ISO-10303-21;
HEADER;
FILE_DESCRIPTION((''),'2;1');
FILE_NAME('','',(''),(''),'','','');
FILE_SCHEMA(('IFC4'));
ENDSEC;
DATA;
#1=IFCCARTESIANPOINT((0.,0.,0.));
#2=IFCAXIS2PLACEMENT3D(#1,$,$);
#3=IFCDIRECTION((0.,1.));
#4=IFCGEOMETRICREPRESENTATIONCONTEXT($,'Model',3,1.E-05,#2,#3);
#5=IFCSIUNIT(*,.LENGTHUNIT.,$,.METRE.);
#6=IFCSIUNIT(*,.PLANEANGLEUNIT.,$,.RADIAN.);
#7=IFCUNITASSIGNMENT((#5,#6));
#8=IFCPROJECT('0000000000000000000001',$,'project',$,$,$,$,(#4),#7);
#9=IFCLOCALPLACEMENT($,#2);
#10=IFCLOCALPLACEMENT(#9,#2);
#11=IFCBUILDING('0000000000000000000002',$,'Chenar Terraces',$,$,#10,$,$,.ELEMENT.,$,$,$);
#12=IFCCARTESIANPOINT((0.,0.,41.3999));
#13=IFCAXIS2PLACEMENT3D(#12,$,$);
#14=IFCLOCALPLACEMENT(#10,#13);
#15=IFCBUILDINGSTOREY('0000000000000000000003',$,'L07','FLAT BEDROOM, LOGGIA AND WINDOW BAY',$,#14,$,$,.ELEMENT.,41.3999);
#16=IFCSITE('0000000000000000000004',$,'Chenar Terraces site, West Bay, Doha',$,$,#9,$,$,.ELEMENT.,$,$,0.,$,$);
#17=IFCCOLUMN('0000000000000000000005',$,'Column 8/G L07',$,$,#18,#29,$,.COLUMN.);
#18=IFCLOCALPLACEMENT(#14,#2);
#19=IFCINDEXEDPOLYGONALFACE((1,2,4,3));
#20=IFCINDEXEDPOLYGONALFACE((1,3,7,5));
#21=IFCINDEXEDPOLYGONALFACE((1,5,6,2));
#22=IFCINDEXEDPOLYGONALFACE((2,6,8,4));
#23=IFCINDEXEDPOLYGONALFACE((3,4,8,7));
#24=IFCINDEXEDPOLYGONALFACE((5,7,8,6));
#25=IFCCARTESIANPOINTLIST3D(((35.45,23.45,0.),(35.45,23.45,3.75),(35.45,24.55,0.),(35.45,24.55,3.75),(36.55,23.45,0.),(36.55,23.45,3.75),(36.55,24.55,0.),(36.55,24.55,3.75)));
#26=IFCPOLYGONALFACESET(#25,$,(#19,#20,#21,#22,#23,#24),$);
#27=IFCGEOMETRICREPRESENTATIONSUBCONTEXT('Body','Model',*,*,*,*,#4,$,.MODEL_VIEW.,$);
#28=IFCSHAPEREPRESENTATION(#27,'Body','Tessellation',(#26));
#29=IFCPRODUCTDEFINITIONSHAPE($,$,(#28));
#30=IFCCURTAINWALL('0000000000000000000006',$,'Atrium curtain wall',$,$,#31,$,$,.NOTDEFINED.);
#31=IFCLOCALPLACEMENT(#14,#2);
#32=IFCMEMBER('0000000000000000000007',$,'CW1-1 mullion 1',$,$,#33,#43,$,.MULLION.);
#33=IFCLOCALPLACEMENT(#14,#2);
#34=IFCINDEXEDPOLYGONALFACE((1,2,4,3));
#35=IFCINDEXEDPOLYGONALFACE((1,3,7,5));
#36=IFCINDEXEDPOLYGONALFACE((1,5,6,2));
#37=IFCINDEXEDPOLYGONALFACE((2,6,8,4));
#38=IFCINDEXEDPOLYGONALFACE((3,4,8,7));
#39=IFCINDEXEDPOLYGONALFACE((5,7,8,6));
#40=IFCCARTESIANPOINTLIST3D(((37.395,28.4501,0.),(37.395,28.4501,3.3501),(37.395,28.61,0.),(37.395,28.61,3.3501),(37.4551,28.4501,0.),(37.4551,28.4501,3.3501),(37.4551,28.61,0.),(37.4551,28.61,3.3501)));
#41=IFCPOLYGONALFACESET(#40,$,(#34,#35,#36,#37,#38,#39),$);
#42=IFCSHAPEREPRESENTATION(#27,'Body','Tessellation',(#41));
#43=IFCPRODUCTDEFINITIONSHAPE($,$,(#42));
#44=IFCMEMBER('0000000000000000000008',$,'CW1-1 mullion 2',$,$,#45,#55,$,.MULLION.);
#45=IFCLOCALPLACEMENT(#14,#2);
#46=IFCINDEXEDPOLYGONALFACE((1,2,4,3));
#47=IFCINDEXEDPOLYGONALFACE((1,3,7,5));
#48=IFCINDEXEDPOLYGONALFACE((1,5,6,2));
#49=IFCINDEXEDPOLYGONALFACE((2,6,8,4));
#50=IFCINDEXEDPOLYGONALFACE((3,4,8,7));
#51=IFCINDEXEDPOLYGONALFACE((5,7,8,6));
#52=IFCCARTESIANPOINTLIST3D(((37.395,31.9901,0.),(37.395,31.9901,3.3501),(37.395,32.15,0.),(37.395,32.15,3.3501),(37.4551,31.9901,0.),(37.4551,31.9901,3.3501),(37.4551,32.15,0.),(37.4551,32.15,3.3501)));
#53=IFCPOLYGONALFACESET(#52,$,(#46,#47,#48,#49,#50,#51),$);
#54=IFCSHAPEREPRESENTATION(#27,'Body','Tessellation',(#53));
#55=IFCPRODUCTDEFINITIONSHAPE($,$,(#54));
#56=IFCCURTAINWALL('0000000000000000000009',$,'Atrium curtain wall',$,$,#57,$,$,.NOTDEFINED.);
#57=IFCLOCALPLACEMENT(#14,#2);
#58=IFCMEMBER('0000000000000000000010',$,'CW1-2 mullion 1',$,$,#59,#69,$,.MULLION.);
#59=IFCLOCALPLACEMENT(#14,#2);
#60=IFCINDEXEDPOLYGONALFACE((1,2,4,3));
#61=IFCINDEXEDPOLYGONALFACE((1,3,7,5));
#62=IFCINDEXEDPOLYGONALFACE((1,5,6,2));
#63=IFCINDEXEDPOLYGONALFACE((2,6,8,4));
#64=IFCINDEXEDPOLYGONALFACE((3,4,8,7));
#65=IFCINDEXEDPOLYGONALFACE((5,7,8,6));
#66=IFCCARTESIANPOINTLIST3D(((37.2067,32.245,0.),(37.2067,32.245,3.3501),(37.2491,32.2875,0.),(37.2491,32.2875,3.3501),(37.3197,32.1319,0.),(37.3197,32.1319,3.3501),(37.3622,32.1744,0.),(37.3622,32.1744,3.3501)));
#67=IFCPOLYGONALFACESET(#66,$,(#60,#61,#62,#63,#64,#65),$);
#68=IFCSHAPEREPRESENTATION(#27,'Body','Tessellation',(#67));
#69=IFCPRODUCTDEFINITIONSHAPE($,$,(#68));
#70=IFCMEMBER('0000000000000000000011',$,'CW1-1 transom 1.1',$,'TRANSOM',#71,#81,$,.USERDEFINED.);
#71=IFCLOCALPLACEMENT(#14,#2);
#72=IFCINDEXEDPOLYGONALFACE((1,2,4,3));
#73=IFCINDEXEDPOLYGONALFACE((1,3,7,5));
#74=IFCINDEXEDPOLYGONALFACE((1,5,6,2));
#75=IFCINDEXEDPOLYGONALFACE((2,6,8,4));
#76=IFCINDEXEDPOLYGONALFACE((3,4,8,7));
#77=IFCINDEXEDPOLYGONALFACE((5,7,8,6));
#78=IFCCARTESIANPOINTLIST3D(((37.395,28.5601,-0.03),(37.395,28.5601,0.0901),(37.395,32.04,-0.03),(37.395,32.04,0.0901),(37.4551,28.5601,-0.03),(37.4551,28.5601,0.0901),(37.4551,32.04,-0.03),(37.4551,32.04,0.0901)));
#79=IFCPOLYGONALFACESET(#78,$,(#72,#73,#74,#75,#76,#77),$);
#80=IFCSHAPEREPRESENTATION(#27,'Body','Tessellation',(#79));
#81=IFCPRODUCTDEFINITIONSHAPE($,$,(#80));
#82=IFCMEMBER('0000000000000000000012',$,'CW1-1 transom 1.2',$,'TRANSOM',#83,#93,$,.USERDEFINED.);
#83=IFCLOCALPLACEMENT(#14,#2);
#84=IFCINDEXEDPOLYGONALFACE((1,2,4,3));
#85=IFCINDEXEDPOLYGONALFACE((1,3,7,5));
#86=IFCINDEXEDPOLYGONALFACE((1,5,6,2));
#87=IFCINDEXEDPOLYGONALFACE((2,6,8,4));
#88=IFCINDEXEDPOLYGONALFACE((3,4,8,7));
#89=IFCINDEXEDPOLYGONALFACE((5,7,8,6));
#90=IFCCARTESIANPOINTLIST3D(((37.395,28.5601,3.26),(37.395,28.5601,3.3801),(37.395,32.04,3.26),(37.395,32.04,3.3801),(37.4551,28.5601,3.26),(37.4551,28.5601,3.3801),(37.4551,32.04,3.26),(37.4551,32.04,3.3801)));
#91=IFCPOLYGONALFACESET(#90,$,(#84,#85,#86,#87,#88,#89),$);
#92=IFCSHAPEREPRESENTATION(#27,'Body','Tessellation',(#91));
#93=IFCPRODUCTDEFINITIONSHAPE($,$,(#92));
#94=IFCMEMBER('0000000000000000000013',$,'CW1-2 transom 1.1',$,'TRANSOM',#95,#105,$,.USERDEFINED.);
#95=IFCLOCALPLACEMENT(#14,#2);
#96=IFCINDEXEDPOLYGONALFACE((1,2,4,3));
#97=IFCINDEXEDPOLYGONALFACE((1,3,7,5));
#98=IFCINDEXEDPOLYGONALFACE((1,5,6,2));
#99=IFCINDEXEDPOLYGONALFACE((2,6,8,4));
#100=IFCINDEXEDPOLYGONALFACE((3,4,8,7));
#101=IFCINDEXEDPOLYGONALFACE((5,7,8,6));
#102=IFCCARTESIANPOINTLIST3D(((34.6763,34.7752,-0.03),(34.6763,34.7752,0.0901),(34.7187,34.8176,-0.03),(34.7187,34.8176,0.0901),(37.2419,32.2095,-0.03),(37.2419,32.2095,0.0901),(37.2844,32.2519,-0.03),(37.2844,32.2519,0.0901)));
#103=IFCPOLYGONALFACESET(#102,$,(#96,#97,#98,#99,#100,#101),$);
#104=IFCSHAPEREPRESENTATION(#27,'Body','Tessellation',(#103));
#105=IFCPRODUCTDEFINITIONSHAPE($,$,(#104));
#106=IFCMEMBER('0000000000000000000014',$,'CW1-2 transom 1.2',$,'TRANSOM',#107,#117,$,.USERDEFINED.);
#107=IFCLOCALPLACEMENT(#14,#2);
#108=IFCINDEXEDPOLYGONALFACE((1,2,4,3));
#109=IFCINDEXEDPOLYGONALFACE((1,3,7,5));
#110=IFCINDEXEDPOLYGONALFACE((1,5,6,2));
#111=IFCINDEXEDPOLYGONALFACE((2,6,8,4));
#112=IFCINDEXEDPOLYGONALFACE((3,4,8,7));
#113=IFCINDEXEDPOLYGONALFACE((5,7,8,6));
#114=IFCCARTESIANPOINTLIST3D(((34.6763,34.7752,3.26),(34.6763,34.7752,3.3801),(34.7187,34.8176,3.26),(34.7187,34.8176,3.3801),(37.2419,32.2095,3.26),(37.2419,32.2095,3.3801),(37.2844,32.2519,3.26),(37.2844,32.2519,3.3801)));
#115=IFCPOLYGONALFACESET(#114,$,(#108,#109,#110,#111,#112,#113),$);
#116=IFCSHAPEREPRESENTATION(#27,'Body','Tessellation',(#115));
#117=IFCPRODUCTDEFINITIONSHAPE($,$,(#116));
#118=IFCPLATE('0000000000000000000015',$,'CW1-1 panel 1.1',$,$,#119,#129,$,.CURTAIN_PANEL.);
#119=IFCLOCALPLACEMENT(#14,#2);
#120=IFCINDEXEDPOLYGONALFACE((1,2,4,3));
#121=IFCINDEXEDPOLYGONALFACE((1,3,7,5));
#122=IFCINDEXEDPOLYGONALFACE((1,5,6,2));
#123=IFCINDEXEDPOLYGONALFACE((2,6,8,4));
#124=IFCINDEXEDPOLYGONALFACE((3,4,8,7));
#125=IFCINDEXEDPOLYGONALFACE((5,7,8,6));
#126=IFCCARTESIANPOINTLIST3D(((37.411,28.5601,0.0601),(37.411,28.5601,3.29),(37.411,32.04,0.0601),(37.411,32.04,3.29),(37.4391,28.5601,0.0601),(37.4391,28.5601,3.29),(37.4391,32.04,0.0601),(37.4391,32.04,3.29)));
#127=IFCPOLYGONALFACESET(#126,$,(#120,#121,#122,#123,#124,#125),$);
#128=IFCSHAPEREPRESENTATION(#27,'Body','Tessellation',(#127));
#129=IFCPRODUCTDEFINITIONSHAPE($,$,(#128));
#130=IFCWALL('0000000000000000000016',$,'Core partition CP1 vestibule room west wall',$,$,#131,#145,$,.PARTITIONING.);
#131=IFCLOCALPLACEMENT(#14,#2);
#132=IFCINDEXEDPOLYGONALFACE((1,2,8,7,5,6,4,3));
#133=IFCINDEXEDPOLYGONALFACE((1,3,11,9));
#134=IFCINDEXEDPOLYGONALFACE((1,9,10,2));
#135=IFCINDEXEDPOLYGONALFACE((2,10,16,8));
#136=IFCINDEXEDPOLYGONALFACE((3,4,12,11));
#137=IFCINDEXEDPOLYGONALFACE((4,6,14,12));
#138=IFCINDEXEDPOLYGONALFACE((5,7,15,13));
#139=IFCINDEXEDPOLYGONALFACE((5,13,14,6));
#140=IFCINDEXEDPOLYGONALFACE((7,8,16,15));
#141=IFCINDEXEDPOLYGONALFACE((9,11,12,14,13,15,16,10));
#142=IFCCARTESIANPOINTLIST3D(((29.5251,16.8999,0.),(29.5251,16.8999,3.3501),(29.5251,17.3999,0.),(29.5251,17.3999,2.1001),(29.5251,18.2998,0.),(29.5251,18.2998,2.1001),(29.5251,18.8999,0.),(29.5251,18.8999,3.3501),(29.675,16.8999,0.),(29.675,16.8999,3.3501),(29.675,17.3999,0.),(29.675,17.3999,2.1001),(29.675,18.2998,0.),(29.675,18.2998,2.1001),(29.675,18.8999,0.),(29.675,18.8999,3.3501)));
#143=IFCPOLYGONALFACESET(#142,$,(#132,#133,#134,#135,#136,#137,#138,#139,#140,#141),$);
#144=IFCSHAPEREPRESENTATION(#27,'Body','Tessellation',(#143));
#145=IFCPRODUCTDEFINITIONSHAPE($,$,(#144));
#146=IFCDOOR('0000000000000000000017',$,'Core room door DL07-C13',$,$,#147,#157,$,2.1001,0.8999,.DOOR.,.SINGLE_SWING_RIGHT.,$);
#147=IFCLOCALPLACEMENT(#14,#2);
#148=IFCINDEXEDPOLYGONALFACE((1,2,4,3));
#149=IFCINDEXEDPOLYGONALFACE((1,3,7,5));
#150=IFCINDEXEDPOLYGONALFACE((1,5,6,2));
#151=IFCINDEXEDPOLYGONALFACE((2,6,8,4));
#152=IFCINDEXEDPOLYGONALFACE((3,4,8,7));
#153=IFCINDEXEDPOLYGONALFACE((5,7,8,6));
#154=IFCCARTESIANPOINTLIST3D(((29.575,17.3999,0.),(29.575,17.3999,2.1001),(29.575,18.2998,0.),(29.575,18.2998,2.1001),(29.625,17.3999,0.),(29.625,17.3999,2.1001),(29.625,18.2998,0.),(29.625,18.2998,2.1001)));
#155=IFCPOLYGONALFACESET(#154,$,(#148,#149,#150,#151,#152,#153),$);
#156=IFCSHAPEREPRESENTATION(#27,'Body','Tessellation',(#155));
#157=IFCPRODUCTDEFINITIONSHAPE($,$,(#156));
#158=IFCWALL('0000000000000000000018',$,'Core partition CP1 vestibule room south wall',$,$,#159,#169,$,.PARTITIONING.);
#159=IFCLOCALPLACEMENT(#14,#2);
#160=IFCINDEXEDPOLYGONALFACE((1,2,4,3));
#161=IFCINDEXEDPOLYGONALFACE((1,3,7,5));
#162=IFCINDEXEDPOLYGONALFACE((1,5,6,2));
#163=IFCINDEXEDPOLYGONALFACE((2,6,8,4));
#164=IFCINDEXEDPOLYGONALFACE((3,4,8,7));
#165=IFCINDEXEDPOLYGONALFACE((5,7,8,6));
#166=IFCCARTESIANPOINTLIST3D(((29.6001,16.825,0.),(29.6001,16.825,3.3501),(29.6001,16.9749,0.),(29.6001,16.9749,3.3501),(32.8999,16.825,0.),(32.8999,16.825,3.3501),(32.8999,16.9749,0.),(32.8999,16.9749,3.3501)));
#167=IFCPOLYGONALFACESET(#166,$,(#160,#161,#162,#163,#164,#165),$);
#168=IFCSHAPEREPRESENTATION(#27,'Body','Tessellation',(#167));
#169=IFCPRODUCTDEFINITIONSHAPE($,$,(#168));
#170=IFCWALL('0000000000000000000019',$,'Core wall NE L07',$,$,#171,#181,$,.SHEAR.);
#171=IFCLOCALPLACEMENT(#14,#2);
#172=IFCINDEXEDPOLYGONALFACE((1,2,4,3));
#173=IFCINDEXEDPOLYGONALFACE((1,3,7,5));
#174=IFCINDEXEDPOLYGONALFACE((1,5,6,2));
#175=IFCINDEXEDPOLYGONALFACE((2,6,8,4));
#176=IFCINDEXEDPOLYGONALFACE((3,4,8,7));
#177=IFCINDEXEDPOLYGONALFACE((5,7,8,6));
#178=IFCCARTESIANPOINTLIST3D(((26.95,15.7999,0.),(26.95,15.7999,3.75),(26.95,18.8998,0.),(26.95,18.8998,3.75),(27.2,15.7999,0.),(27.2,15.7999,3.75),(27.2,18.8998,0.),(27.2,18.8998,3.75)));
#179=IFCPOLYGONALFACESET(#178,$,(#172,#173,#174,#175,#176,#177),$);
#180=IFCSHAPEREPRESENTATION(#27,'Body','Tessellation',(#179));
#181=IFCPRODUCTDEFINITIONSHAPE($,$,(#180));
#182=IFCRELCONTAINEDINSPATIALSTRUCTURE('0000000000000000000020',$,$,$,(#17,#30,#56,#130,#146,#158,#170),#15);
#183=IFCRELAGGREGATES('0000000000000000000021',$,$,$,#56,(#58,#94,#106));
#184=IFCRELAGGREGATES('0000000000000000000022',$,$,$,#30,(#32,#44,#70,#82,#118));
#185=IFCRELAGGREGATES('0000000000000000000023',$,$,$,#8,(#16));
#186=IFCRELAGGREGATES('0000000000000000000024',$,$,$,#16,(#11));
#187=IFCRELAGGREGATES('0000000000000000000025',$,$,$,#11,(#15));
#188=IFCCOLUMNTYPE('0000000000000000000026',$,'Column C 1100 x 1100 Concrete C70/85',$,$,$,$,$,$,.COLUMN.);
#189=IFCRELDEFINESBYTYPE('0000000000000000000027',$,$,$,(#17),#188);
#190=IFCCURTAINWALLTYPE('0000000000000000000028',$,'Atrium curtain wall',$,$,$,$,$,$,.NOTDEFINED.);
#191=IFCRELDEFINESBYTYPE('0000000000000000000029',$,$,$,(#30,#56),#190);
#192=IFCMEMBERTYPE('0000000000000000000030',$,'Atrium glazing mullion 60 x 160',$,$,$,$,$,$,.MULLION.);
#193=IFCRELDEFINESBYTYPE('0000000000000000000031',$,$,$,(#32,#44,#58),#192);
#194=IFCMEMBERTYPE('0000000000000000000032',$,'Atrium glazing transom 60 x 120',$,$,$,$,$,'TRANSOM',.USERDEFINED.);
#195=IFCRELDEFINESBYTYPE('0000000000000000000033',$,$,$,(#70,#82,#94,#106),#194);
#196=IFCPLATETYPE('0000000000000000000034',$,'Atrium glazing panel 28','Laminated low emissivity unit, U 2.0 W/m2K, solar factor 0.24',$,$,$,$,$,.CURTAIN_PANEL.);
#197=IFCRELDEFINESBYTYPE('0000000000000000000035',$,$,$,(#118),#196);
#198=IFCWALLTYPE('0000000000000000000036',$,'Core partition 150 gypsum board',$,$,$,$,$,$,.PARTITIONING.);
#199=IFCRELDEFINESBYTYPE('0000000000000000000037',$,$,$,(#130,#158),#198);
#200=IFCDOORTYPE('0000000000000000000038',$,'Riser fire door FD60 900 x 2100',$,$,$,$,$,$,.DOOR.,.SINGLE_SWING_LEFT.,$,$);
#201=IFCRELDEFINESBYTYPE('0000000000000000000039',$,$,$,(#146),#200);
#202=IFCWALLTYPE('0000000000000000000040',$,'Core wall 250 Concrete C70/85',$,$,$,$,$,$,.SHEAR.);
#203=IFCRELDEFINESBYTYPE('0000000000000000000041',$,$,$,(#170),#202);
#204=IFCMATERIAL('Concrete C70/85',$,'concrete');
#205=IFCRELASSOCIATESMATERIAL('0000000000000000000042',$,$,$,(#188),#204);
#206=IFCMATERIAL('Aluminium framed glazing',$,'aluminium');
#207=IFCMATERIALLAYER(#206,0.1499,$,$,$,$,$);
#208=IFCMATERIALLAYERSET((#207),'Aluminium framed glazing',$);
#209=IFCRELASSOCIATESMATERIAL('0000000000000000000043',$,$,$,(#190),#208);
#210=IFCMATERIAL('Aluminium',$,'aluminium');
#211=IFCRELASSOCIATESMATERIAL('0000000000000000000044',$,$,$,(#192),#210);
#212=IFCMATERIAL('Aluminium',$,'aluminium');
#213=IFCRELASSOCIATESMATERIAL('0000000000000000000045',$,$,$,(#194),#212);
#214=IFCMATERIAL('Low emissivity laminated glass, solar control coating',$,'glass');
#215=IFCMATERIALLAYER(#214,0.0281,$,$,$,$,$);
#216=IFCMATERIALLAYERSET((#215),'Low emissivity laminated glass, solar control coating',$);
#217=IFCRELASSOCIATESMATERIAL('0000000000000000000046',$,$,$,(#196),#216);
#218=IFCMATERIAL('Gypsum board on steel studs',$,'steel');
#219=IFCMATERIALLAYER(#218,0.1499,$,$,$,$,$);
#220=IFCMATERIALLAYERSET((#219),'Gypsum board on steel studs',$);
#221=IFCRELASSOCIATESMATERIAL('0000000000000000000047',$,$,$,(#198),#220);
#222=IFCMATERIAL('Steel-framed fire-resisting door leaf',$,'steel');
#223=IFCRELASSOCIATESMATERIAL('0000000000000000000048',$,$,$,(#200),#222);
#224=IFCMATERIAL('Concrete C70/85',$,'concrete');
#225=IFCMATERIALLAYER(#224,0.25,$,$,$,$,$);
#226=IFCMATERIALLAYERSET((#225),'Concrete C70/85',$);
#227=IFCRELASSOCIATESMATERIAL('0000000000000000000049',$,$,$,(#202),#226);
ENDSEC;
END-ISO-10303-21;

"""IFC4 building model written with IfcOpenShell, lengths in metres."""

from ifc_helpers import new_model, si_unit, direction, frame, frame_2d, origin, origin_2d, place, context, subcontext, project, spatial, rectangle, extrude, material, layer, layer_set, material_profile, profile_set, type_object, element, fill, aggregate, save


model = new_model("IFC4")

# Units and contexts
model_context = context("Model", 3, precision=1e-05, world=origin(), true_north=direction((0.0, 1.0)))
body_context = subcontext(model_context, "Body", "Model", "MODEL_VIEW")
ifc_project = project(units=[si_unit("LENGTHUNIT", "METRE"), si_unit("PLANEANGLEUNIT", "RADIAN")], contexts=[model_context])

# Site, building, storey
site_placement = place(None, origin())
site = spatial("IfcSite", under=ifc_project, at=site_placement, Name="Chenar Terraces site, West Bay, Doha", CompositionType="ELEMENT", RefElevation=0.0)
building_placement = place(site_placement, origin())
building = spatial("IfcBuilding", under=site, at=building_placement, Name="Chenar Terraces", CompositionType="ELEMENT")
storey_placement = place(building_placement, frame((0.0, 0.0, 41.3999)))
storey = spatial("IfcBuildingStorey", under=building, at=storey_placement, Name="L07", Description="FLAT BEDROOM, LOGGIA AND WINDOW BAY", CompositionType="ELEMENT", Elevation=41.3999)

# Column
ifc_material_1 = material(Name="Concrete C70/85", Category="concrete")
ifc_material_profile_1 = material_profile(ifc_material_1, rectangle(XDim=1.1001, YDim=1.1001, at=origin_2d()), Name="C 1100 x 1100")
ifc_profile_set_1 = profile_set([ifc_material_profile_1], Name="Concrete C70/85")
column_type = type_object("IfcColumnType", Name="Column C 1100 x 1100 Concrete C70/85", PredefinedType="COLUMN", material=ifc_profile_set_1)
column_placement = place(storey_placement, frame((36.0, 24.0, 0.0), z_axis=(0.0, 0.0, 1.0), x_axis=(1.0, 0.0, 0.0)))
element("IfcColumn", 1, at=column_placement, inside=storey, type_object=column_type, Name="Column 8/G L07", PredefinedType="COLUMN", context=body_context, shape_type="SweptSolid", body=[
    extrude(rectangle(XDim=1.1001, YDim=1.1001, at=origin_2d()), origin(), (0.0, 0.0, 1.0), 3.75),
])

# Curtain wall, members
ifc_material_2 = material(Name="Aluminium framed glazing", Category="aluminium")
ifc_layer_1 = layer(ifc_material_2, 0.1499)
ifc_layer_set_1 = layer_set([ifc_layer_1], Name="Aluminium framed glazing")
curtain_wall_type = type_object("IfcCurtainWallType", Name="Atrium curtain wall", PredefinedType="NOTDEFINED", material=ifc_layer_set_1)
placement = place(storey_placement, origin())
curtain_wall_1 = element("IfcCurtainWall", 2, at=placement, inside=storey, type_object=curtain_wall_type, Name="Atrium curtain wall", PredefinedType="NOTDEFINED")
ifc_material_3 = material(Name="Aluminium", Category="aluminium")
ifc_material_profile_2 = material_profile(ifc_material_3, rectangle(XDim=0.0601, YDim=0.1599, at=origin_2d()), Name="Atrium glazing mullion 60 x 160")
ifc_profile_set_2 = profile_set([ifc_material_profile_2], Name="Aluminium")
member_type_1 = type_object("IfcMemberType", Name="Atrium glazing mullion 60 x 160", PredefinedType="MULLION", material=ifc_profile_set_2)
member_1_placement = place(storey_placement, frame((37.425, 28.53, 0.0), z_axis=(0.0, 0.0, 1.0), x_axis=(-1.0, 0.0, 0.0)))
member_1 = element("IfcMember", 3, at=member_1_placement, type_object=member_type_1, Name="CW1-1 mullion 1", PredefinedType="MULLION", context=body_context, shape_type="SweptSolid", body=[
    extrude(rectangle(XDim=0.0601, YDim=0.1599, at=origin_2d()), origin(), (0.0, 0.0, 1.0), 3.3501),
])
member_2_placement = place(storey_placement, frame((37.425, 32.0701, 0.0), z_axis=(0.0, 0.0, 1.0), x_axis=(-1.0, 0.0, 0.0)))
member_2 = element("IfcMember", 4, at=member_2_placement, type_object=member_type_1, Name="CW1-1 mullion 2", PredefinedType="MULLION", context=body_context, shape_type="SweptSolid", body=[
    extrude(rectangle(XDim=0.0601, YDim=0.1599, at=origin_2d()), origin(), (0.0, 0.0, 1.0), 3.3501),
])

# Curtain wall, member
curtain_wall_2 = element("IfcCurtainWall", 5, at=placement, inside=storey, type_object=curtain_wall_type, Name="Atrium curtain wall", PredefinedType="NOTDEFINED")
member_3_placement = place(storey_placement, frame((37.2844, 32.2097, 0.0), z_axis=(0.0, 0.0, 1.0), x_axis=(-0.707107, -0.707107, 0.0)))
member_3 = element("IfcMember", 6, at=member_3_placement, type_object=member_type_1, Name="CW1-2 mullion 1", PredefinedType="MULLION", context=body_context, shape_type="SweptSolid", body=[
    extrude(rectangle(XDim=0.0601, YDim=0.1599, at=origin_2d()), origin(), (0.0, 0.0, 1.0), 3.3501),
])

# Members
ifc_material_4 = material(Name="Aluminium", Category="aluminium")
ifc_material_profile_3 = material_profile(ifc_material_4, rectangle(XDim=0.0601, YDim=0.1201, at=origin_2d()), Name="Atrium glazing transom 60 x 120")
ifc_profile_set_3 = profile_set([ifc_material_profile_3], Name="Aluminium")
member_type_2 = type_object("IfcMemberType", Name="Atrium glazing transom 60 x 120", ElementType="TRANSOM", PredefinedType="USERDEFINED", material=ifc_profile_set_3)
member_4_placement = place(storey_placement, frame((37.425, 28.5601, 0.03), z_axis=(0.0, 1.0, 0.0), x_axis=(-1.0, 0.0, 0.0)))
member_4 = element("IfcMember", 7, at=member_4_placement, type_object=member_type_2, Name="CW1-1 transom 1.1", ObjectType="TRANSOM", PredefinedType="USERDEFINED", context=body_context, shape_type="SweptSolid", body=[
    extrude(rectangle(XDim=0.0601, YDim=0.1201, at=origin_2d()), origin(), (0.0, 0.0, 1.0), 3.48),
])
member_5_placement = place(storey_placement, frame((37.425, 28.5601, 3.3201), z_axis=(0.0, 1.0, 0.0), x_axis=(-1.0, 0.0, 0.0)))
member_5 = element("IfcMember", 8, at=member_5_placement, type_object=member_type_2, Name="CW1-1 transom 1.2", ObjectType="TRANSOM", PredefinedType="USERDEFINED", context=body_context, shape_type="SweptSolid", body=[
    extrude(rectangle(XDim=0.0601, YDim=0.1201, at=origin_2d()), origin(), (0.0, 0.0, 1.0), 3.48),
])
member_6_placement = place(storey_placement, frame((37.2632, 32.2307, 0.03), z_axis=(-0.707107, 0.707107, 0.0), x_axis=(-0.707107, -0.707107, 0.0)))
member_6 = element("IfcMember", 9, at=member_6_placement, type_object=member_type_2, Name="CW1-2 transom 1.1", ObjectType="TRANSOM", PredefinedType="USERDEFINED", context=body_context, shape_type="SweptSolid", body=[
    extrude(rectangle(XDim=0.0601, YDim=0.1201, at=origin_2d()), origin(), (0.0, 0.0, 1.0), 3.6284),
])
member_7_placement = place(storey_placement, frame((37.2632, 32.2307, 3.3201), z_axis=(-0.707107, 0.707107, 0.0), x_axis=(-0.707107, -0.707107, 0.0)))
member_7 = element("IfcMember", 10, at=member_7_placement, type_object=member_type_2, Name="CW1-2 transom 1.2", ObjectType="TRANSOM", PredefinedType="USERDEFINED", context=body_context, shape_type="SweptSolid", body=[
    extrude(rectangle(XDim=0.0601, YDim=0.1201, at=origin_2d()), origin(), (0.0, 0.0, 1.0), 3.6284),
])
aggregate(curtain_wall_2, [member_3, member_6, member_7])

# Plate
ifc_material_5 = material(Name="Low emissivity laminated glass, solar control coating", Category="glass")
ifc_layer_2 = layer(ifc_material_5, 0.0281)
ifc_layer_set_2 = layer_set([ifc_layer_2], Name="Low emissivity laminated glass, solar control coating")
plate_type = type_object("IfcPlateType", Name="Atrium glazing panel 28", Description="Laminated low emissivity unit, U 2.0 W/m2K, solar factor 0.24", PredefinedType="CURTAIN_PANEL", material=ifc_layer_set_2)
plate_placement = place(storey_placement, frame((37.425, 30.3, 0.0601), z_axis=(0.0, 0.0, 1.0), x_axis=(0.0, 1.0, 0.0)))
plate = element("IfcPlate", 11, at=plate_placement, type_object=plate_type, Name="CW1-1 panel 1.1", PredefinedType="CURTAIN_PANEL", context=body_context, shape_type="SweptSolid", body=[
    extrude(rectangle(XDim=3.48, YDim=0.0281, at=origin_2d()), origin(), (0.0, 0.0, 1.0), 3.23),
])
aggregate(curtain_wall_1, [member_1, member_2, member_4, member_5, plate])

# Wall, opening, door
ifc_material_6 = material(Name="Gypsum board on steel studs", Category="steel")
ifc_layer_3 = layer(ifc_material_6, 0.1499)
ifc_layer_set_3 = layer_set([ifc_layer_3], Name="Gypsum board on steel studs")
wall_type_1 = type_object("IfcWallType", Name="Core partition 150 gypsum board", PredefinedType="PARTITIONING", material=ifc_layer_set_3)
wall_1_placement = place(storey_placement, frame((29.6001, 16.8999, 0.0), z_axis=(0.0, 0.0, 1.0), x_axis=(0.0, 1.0, 0.0)))
wall_1 = element("IfcWall", 12, at=wall_1_placement, inside=storey, type_object=wall_type_1, Name="Core partition CP1 vestibule room west wall", PredefinedType="PARTITIONING", context=body_context, shape_type="SweptSolid", body=[
    extrude(rectangle(XDim=2.0, YDim=0.1499, at=frame_2d((1.0, 0.0))), origin(), (0.0, 0.0, 1.0), 3.3501),
])
opening_1_placement = place(wall_1_placement, frame((0.5, 0.0, 0.0)))
opening_1 = element("IfcOpeningElement", 13, at=opening_1_placement, cuts=wall_1, PredefinedType="OPENING", context=body_context, shape_type="SweptSolid", body=[
    extrude(rectangle(XDim=0.8999, YDim=2.1001, at=frame_2d((0.45, 1.05))), frame((0.0, 0.085, 0.0), z_axis=(0.0, -1.0, 0.0), x_axis=(1.0, 0.0, 0.0)), (0.0, 0.0, 1.0), 0.1699),
])
ifc_material_7 = material(Name="Steel-framed fire-resisting door leaf", Category="steel")
door_type = type_object("IfcDoorType", Name="Riser fire door FD60 900 x 2100", OperationType="SINGLE_SWING_LEFT", PredefinedType="DOOR", material=ifc_material_7)
door_placement = place(opening_1_placement, frame((0.8999, 0.0, 0.0), z_axis=(0.0, 0.0, 1.0), x_axis=(-1.0, 0.0, 0.0)))
door = element("IfcDoor", 14, at=door_placement, inside=storey, type_object=door_type, Name="Core room door DL07-C13", OperationType="SINGLE_SWING_RIGHT", OverallHeight=2.1001, OverallWidth=0.8999, PredefinedType="DOOR", context=body_context, shape_type="SweptSolid", body=[
    extrude(rectangle(XDim=0.8999, YDim=2.1001, at=frame_2d((0.45, 1.05))), frame((0.0, 0.0249, 0.0), z_axis=(0.0, -1.0, 0.0), x_axis=(1.0, 0.0, 0.0)), (0.0, 0.0, 1.0), 0.05),
])
fill(opening_1, door)

# Walls
wall_2_placement = place(storey_placement, frame((29.6001, 16.8999, 0.0), z_axis=(0.0, 0.0, 1.0), x_axis=(1.0, 0.0, 0.0)))
element("IfcWall", 15, at=wall_2_placement, inside=storey, type_object=wall_type_1, Name="Core partition CP1 vestibule room south wall", PredefinedType="PARTITIONING", context=body_context, shape_type="SweptSolid", body=[
    extrude(rectangle(XDim=3.2998, YDim=0.1499, at=frame_2d((1.6499, 0.0))), origin(), (0.0, 0.0, 1.0), 3.3501),
])
ifc_material_8 = material(Name="Concrete C70/85", Category="concrete")
ifc_layer_4 = layer(ifc_material_8, 0.25)
ifc_layer_set_4 = layer_set([ifc_layer_4], Name="Concrete C70/85")
wall_type_2 = type_object("IfcWallType", Name="Core wall 250 Concrete C70/85", PredefinedType="SHEAR", material=ifc_layer_set_4)
wall_3_placement = place(storey_placement, frame((27.075, 15.8, 0.0), z_axis=(0.0, 0.0, 1.0), x_axis=(0.0, 1.0, 0.0)))
element("IfcWall", 16, at=wall_3_placement, inside=storey, type_object=wall_type_2, Name="Core wall NE L07", PredefinedType="SHEAR", context=body_context, shape_type="SweptSolid", body=[
    extrude(rectangle(XDim=3.0999, YDim=0.25, at=frame_2d((1.5498, 0.0))), origin(), (0.0, 0.0, 1.0), 3.75),
])

save(model, "model.ifc")
